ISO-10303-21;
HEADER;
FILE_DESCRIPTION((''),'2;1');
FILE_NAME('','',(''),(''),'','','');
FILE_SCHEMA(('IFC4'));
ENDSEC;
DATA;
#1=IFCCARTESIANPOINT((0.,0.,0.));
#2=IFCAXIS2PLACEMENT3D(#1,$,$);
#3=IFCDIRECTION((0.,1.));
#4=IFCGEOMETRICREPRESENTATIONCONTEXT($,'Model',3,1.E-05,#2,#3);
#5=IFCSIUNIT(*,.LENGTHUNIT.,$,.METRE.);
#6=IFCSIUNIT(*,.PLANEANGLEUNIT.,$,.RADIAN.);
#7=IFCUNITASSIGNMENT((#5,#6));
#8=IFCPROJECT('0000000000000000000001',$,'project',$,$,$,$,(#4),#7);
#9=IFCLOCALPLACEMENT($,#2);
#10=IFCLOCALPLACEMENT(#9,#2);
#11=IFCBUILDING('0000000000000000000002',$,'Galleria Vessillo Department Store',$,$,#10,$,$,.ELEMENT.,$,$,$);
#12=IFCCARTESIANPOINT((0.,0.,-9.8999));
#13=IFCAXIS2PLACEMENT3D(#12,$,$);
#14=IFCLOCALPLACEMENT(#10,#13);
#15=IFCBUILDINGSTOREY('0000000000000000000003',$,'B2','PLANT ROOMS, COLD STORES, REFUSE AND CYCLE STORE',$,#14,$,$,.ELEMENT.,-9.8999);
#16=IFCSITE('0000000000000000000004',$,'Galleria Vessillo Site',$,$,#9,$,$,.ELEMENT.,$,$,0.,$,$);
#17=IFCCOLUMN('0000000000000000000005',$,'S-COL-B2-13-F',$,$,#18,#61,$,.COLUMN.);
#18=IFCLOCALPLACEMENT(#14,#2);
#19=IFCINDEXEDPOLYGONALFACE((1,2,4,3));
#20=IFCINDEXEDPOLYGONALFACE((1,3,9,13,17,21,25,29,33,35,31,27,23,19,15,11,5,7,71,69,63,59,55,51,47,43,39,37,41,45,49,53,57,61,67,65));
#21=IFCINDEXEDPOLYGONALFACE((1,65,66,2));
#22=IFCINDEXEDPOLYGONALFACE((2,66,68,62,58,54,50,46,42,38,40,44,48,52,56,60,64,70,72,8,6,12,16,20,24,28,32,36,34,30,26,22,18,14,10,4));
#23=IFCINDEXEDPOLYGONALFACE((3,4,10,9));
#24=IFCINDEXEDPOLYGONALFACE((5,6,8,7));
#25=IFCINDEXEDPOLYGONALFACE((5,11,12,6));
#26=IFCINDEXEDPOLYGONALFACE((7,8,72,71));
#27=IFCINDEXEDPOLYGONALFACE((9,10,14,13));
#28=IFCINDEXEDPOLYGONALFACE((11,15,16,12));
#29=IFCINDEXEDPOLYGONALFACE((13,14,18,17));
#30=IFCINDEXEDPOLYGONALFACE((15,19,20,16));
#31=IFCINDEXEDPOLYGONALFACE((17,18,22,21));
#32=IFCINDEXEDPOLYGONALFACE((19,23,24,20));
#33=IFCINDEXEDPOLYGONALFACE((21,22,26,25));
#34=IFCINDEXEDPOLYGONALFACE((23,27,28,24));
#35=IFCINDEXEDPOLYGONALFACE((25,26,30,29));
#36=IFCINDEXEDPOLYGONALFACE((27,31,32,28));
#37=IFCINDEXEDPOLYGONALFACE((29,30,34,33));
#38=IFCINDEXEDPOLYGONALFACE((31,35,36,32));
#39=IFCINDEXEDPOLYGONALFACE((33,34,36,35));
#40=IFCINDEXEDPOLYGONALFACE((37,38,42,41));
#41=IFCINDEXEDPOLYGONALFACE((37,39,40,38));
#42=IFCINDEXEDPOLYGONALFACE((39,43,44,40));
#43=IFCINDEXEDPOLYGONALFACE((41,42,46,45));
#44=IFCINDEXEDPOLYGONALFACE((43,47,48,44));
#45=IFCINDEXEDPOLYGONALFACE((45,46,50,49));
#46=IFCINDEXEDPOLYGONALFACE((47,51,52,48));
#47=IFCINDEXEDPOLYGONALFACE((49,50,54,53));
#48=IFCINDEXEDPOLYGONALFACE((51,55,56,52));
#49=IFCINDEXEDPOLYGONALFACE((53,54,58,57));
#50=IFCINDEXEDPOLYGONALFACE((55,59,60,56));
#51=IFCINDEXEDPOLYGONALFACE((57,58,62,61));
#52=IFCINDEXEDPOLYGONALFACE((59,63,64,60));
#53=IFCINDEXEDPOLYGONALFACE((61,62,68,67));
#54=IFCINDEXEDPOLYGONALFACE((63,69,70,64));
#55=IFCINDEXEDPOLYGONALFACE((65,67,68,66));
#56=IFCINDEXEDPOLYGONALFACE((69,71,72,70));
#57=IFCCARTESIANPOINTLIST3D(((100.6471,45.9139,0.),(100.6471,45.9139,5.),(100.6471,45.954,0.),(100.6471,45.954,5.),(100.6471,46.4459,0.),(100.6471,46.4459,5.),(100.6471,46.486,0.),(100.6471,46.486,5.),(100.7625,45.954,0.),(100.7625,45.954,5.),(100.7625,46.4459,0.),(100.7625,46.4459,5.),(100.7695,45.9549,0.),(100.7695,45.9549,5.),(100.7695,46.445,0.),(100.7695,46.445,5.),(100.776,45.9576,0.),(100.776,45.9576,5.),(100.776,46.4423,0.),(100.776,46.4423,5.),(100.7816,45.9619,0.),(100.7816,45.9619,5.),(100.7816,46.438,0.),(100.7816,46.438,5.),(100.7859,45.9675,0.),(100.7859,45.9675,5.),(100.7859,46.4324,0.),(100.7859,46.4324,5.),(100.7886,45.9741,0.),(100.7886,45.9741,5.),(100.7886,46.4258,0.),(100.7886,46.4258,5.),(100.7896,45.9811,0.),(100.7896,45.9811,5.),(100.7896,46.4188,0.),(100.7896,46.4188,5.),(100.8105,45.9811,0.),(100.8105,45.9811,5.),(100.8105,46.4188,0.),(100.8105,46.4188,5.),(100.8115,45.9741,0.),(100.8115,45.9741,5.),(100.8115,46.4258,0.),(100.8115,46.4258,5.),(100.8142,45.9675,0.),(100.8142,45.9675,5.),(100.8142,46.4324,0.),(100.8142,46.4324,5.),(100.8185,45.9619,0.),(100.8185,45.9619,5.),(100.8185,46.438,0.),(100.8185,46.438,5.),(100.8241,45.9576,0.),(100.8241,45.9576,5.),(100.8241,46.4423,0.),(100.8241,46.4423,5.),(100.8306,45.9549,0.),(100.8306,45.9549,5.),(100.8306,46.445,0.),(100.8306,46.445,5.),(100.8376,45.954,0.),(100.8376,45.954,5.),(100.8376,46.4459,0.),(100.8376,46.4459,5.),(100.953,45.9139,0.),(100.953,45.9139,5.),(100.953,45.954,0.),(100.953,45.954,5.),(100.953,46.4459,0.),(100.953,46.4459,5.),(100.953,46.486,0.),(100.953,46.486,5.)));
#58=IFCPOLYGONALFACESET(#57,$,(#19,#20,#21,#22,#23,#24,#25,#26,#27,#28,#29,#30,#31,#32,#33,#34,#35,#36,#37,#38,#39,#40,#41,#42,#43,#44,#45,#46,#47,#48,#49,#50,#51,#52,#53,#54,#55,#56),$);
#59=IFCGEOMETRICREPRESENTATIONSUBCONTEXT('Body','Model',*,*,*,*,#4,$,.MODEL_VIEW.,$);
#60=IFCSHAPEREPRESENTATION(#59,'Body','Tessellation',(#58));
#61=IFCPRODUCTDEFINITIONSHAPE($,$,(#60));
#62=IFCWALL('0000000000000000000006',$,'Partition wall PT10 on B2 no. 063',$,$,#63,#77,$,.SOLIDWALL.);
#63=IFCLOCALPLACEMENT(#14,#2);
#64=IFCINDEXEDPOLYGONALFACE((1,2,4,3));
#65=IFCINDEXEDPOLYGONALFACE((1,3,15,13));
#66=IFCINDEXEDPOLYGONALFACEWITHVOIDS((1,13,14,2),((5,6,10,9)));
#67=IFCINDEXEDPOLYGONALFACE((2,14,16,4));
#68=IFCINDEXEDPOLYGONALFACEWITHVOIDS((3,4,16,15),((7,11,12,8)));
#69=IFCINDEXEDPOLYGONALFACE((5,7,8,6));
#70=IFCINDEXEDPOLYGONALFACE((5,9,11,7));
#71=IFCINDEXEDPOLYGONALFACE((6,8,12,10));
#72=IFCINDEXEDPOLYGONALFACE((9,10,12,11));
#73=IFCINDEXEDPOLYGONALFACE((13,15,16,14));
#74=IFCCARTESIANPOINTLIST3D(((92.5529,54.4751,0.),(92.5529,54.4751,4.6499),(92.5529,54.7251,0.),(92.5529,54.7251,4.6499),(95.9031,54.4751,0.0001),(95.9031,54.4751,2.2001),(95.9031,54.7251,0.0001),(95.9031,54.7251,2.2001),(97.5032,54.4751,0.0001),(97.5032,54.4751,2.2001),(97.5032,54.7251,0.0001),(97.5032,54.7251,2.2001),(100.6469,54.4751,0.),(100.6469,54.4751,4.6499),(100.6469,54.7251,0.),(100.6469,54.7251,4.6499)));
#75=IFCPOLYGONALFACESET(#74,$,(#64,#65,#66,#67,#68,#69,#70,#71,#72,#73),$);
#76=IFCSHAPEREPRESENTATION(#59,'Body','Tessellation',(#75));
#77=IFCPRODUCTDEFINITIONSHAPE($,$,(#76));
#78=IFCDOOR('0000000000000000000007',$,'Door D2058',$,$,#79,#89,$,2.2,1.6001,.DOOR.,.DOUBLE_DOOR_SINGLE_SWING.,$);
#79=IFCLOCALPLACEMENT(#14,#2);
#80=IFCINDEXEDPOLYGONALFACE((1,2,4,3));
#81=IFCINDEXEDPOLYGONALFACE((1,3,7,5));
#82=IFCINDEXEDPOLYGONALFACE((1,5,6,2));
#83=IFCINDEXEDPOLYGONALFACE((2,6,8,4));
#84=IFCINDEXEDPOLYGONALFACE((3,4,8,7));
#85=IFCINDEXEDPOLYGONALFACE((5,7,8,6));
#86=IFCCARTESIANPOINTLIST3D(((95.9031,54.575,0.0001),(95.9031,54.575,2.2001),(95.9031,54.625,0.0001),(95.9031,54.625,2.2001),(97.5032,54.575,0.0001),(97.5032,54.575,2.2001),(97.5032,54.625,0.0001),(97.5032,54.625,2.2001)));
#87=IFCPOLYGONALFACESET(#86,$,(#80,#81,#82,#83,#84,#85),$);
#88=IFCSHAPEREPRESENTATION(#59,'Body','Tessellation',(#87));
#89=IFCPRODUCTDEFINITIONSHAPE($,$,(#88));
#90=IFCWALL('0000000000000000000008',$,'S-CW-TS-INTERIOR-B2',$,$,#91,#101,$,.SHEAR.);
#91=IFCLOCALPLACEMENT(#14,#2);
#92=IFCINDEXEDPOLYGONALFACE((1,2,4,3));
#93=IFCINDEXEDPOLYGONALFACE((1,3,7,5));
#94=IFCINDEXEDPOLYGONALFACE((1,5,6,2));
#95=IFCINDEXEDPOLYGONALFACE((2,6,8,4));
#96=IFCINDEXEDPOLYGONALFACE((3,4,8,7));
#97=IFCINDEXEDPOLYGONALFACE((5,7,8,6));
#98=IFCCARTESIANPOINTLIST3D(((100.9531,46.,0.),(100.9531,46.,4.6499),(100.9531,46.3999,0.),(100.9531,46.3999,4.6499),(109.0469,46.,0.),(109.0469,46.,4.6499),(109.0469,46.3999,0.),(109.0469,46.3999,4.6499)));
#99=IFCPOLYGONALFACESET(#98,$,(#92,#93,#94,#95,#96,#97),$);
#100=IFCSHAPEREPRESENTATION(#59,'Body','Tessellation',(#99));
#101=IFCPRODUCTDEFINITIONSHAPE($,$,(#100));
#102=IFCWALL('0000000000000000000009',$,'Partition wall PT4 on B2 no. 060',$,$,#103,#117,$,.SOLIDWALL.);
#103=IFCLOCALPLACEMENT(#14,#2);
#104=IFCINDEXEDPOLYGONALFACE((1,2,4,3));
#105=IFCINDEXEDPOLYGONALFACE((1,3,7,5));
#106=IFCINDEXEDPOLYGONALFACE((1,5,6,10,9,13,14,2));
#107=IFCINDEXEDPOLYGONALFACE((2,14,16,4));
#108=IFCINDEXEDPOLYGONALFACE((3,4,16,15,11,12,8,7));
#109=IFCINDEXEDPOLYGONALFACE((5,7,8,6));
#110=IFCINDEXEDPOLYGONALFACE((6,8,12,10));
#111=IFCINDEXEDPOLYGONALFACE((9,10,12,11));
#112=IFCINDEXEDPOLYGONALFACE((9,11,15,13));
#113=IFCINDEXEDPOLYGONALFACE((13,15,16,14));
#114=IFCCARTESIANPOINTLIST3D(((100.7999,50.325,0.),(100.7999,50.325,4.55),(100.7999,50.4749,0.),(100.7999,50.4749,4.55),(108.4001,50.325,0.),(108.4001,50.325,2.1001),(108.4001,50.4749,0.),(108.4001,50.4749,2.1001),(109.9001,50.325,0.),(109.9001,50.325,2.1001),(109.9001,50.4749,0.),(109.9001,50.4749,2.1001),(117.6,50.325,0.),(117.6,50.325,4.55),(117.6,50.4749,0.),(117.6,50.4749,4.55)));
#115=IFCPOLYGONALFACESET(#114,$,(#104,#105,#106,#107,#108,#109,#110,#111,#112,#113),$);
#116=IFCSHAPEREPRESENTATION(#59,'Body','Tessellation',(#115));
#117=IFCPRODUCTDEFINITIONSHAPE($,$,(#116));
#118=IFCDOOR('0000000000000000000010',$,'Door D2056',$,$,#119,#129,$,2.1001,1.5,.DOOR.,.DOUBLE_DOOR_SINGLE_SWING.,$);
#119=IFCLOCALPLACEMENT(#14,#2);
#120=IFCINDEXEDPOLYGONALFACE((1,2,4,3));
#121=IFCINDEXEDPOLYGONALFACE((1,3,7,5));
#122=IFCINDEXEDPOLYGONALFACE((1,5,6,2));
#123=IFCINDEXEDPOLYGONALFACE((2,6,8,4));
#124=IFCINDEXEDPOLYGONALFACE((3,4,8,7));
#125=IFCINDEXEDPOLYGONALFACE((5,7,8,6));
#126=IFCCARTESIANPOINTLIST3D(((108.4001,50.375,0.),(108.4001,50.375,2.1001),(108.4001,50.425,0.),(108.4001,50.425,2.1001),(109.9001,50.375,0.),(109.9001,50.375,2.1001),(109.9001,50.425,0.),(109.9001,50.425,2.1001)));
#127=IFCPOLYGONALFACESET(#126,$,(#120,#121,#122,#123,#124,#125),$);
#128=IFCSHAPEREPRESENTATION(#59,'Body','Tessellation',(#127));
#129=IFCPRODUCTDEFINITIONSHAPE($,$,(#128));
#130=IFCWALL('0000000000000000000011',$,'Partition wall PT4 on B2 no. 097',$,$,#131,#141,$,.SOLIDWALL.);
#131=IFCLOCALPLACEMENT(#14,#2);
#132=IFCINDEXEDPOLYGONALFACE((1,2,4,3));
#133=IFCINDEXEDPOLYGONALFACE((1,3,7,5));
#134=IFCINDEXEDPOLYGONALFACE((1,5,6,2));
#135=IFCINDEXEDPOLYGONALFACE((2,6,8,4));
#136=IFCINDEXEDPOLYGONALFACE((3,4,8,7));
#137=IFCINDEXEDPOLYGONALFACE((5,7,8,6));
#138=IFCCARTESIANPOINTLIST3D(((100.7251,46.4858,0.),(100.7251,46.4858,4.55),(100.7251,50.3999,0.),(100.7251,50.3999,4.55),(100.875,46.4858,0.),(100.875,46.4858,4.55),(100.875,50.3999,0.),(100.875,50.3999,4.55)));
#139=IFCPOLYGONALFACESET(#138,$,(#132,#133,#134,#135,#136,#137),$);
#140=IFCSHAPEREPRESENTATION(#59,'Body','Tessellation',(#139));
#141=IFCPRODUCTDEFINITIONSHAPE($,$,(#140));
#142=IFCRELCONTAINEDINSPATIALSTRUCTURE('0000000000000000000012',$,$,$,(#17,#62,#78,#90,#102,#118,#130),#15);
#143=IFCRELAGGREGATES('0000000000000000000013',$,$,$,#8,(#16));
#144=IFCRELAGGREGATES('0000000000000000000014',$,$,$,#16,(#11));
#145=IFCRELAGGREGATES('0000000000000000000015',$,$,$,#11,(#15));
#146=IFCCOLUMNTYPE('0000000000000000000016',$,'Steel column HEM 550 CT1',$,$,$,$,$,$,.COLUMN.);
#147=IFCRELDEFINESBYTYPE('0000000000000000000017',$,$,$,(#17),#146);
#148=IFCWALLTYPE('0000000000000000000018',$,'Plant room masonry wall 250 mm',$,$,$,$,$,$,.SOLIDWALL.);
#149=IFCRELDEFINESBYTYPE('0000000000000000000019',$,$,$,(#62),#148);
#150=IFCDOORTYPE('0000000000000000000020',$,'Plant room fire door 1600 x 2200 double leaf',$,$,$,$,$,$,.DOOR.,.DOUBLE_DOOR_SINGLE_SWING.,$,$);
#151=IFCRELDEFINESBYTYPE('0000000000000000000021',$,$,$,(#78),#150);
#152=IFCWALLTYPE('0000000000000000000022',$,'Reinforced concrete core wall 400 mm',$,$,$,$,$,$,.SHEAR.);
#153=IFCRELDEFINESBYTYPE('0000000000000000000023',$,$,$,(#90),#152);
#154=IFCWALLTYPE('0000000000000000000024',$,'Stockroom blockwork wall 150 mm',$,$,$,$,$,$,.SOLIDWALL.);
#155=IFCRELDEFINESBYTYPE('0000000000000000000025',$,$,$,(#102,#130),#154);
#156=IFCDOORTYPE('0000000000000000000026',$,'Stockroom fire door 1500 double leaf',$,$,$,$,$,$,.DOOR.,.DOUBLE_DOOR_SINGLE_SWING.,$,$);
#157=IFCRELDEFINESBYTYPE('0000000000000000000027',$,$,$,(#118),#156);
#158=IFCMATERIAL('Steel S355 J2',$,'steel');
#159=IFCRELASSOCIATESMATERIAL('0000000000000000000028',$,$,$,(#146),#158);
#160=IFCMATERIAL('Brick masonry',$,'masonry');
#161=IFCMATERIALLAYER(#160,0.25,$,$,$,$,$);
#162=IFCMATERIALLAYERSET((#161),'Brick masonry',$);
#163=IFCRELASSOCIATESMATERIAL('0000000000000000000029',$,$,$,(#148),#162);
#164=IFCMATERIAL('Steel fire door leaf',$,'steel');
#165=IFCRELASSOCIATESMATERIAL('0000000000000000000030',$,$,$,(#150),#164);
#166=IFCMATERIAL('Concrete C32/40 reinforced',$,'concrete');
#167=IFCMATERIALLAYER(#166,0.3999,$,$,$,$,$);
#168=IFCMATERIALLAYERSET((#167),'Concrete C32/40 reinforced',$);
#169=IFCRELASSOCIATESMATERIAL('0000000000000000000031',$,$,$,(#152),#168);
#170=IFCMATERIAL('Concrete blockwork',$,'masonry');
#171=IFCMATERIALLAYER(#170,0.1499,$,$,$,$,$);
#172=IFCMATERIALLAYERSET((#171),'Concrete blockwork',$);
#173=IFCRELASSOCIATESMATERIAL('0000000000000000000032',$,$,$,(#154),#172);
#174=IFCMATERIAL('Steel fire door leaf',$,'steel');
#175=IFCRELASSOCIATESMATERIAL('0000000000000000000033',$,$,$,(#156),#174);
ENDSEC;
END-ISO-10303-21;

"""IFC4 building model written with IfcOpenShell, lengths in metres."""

from ifc_helpers import new_model, si_unit, direction, frame, frame_2d, origin, origin_2d, place, context, subcontext, project, spatial, rectangle, i_section, extrude, material, layer, layer_set, material_profile, profile_set, type_object, element, fill, save


model = new_model("IFC4")

# Units and contexts
model_context = context("Model", 3, precision=1e-05, world=origin(), true_north=direction((0.0, 1.0)))
body_context = subcontext(model_context, "Body", "Model", "MODEL_VIEW")
ifc_project = project(units=[si_unit("LENGTHUNIT", "METRE"), si_unit("PLANEANGLEUNIT", "RADIAN")], contexts=[model_context])

# Site, building, storey
site_placement = place(None, origin())
site = spatial("IfcSite", under=ifc_project, at=site_placement, Name="Galleria Vessillo Site", CompositionType="ELEMENT", RefElevation=0.0)
building_placement = place(site_placement, origin())
building = spatial("IfcBuilding", under=site, at=building_placement, Name="Galleria Vessillo Department Store", CompositionType="ELEMENT")
storey_placement = place(building_placement, frame((0.0, 0.0, -9.8999)))
storey = spatial("IfcBuildingStorey", under=building, at=storey_placement, Name="B2", Description="PLANT ROOMS, COLD STORES, REFUSE AND CYCLE STORE", CompositionType="ELEMENT", Elevation=-9.8999)

# Column
ifc_material_1 = material(Name="Steel S355 J2", Category="steel")
ifc_material_profile_1 = material_profile(ifc_material_1, i_section(OverallWidth=0.3059, OverallDepth=0.572, WebThickness=0.021, FlangeThickness=0.04, FilletRadius=0.0271, at=origin_2d()), Name="HEM 550")
ifc_profile_set_1 = profile_set([ifc_material_profile_1], Name="Steel S355 J2")
column_type = type_object("IfcColumnType", Name="Steel column HEM 550 CT1", PredefinedType="COLUMN", material=ifc_profile_set_1)
for number, where, z_axis, x_axis, name in (
    (1, (100.8, 46.2, 0.0), (0.0, 0.0, 1.0), (1.0, 0.0, 0.0), "S-COL-B2-13-F"),
):
    element("IfcColumn", number, at=place(storey_placement, frame(where, z_axis=z_axis, x_axis=x_axis)), inside=storey, type_object=column_type, Name=name, PredefinedType="COLUMN", context=body_context, shape_type="SweptSolid", body=[
        extrude(i_section(OverallWidth=0.3059, OverallDepth=0.572, WebThickness=0.021, FlangeThickness=0.04, FilletRadius=0.0271, at=origin_2d()), origin(), (0.0, 0.0, 1.0), 5.0),
    ])

# Wall, opening, door
ifc_material_2 = material(Name="Brick masonry", Category="masonry")
ifc_layer_1 = layer(ifc_material_2, 0.25)
ifc_layer_set_1 = layer_set([ifc_layer_1], Name="Brick masonry")
wall_type_1 = type_object("IfcWallType", Name="Plant room masonry wall 250 mm", PredefinedType="SOLIDWALL", material=ifc_layer_set_1)
wall_1_placement = place(storey_placement, frame((92.553, 54.6001, 0.0), z_axis=(0.0, 0.0, 1.0), x_axis=(1.0, 0.0, 0.0)))
wall_1 = element("IfcWall", 2, at=wall_1_placement, inside=storey, type_object=wall_type_1, Name="Partition wall PT10 on B2 no. 063", PredefinedType="SOLIDWALL", context=body_context, shape_type="SweptSolid", body=[
    extrude(rectangle(XDim=8.094, YDim=0.25, at=frame_2d((4.0469, 0.0))), origin(), (0.0, 0.0, 1.0), 4.6499),
])
opening_1_placement = place(wall_1_placement, frame((3.3501, 0.0, 0.0)))
opening_1 = element("IfcOpeningElement", 3, at=opening_1_placement, cuts=wall_1, PredefinedType="OPENING", context=body_context, shape_type="SweptSolid", body=[
    extrude(rectangle(XDim=1.6001, YDim=2.2, at=frame_2d((0.8, 1.1001))), frame((0.0, 0.135, 0.0), z_axis=(0.0, -1.0, 0.0), x_axis=(1.0, 0.0, 0.0)), (0.0, 0.0, 1.0), 0.27),
])
ifc_material_3 = material(Name="Steel fire door leaf", Category="steel")
door_type_1 = type_object("IfcDoorType", Name="Plant room fire door 1600 x 2200 double leaf", OperationType="DOUBLE_DOOR_SINGLE_SWING", PredefinedType="DOOR", material=ifc_material_3)
door_1_placement = place(opening_1_placement, origin())
door_1 = element("IfcDoor", 4, at=door_1_placement, inside=storey, type_object=door_type_1, Name="Door D2058", OperationType="DOUBLE_DOOR_SINGLE_SWING", OverallHeight=2.2, OverallWidth=1.6001, PredefinedType="DOOR", context=body_context, shape_type="SweptSolid", body=[
    extrude(rectangle(XDim=1.6001, YDim=2.2, at=frame_2d((0.8, 1.1001))), frame((0.0, 0.0249, 0.0), z_axis=(0.0, -1.0, 0.0), x_axis=(1.0, 0.0, 0.0)), (0.0, 0.0, 1.0), 0.05),
])
fill(opening_1, door_1)

# Wall
ifc_material_4 = material(Name="Concrete C32/40 reinforced", Category="concrete")
ifc_layer_2 = layer(ifc_material_4, 0.3999)
ifc_layer_set_2 = layer_set([ifc_layer_2], Name="Concrete C32/40 reinforced")
wall_type_2 = type_object("IfcWallType", Name="Reinforced concrete core wall 400 mm", PredefinedType="SHEAR", material=ifc_layer_set_2)
wall_2_placement = place(storey_placement, frame((100.9531, 46.2, 0.0), z_axis=(0.0, 0.0, 1.0), x_axis=(1.0, 0.0, 0.0)))
element("IfcWall", 5, at=wall_2_placement, inside=storey, type_object=wall_type_2, Name="S-CW-TS-INTERIOR-B2", PredefinedType="SHEAR", context=body_context, shape_type="SweptSolid", body=[
    extrude(rectangle(XDim=8.0938, YDim=0.3999, at=frame_2d((4.0469, 0.0))), origin(), (0.0, 0.0, 1.0), 4.6499),
])

# Wall, opening, door
ifc_material_5 = material(Name="Concrete blockwork", Category="masonry")
ifc_layer_3 = layer(ifc_material_5, 0.1499)
ifc_layer_set_3 = layer_set([ifc_layer_3], Name="Concrete blockwork")
wall_type_3 = type_object("IfcWallType", Name="Stockroom blockwork wall 150 mm", PredefinedType="SOLIDWALL", material=ifc_layer_set_3)
wall_3_placement = place(storey_placement, frame((100.8, 50.3999, 0.0), z_axis=(0.0, 0.0, 1.0), x_axis=(1.0, 0.0, 0.0)))
wall_3 = element("IfcWall", 6, at=wall_3_placement, inside=storey, type_object=wall_type_3, Name="Partition wall PT4 on B2 no. 060", PredefinedType="SOLIDWALL", context=body_context, shape_type="SweptSolid", body=[
    extrude(rectangle(XDim=16.8, YDim=0.1499, at=frame_2d((8.3999, 0.0))), origin(), (0.0, 0.0, 1.0), 4.55),
])
opening_2_placement = place(wall_3_placement, frame((7.6001, 0.0, 0.0)))
opening_2 = element("IfcOpeningElement", 7, at=opening_2_placement, cuts=wall_3, PredefinedType="OPENING", context=body_context, shape_type="SweptSolid", body=[
    extrude(rectangle(XDim=1.5, YDim=2.1001, at=frame_2d((0.75, 1.05))), frame((0.0, 0.085, 0.0), z_axis=(0.0, -1.0, 0.0), x_axis=(1.0, 0.0, 0.0)), (0.0, 0.0, 1.0), 0.1699),
])
ifc_material_6 = material(Name="Steel fire door leaf", Category="steel")
door_type_2 = type_object("IfcDoorType", Name="Stockroom fire door 1500 double leaf", OperationType="DOUBLE_DOOR_SINGLE_SWING", PredefinedType="DOOR", material=ifc_material_6)
door_2_placement = place(opening_2_placement, frame((1.5, 0.0, 0.0), z_axis=(0.0, 0.0, 1.0), x_axis=(-1.0, 0.0, 0.0)))
door_2 = element("IfcDoor", 8, at=door_2_placement, inside=storey, type_object=door_type_2, Name="Door D2056", OperationType="DOUBLE_DOOR_SINGLE_SWING", OverallHeight=2.1001, OverallWidth=1.5, PredefinedType="DOOR", context=body_context, shape_type="SweptSolid", body=[
    extrude(rectangle(XDim=1.5, YDim=2.1001, at=frame_2d((0.75, 1.05))), frame((0.0, 0.0249, 0.0), z_axis=(0.0, -1.0, 0.0), x_axis=(1.0, 0.0, 0.0)), (0.0, 0.0, 1.0), 0.05),
])
fill(opening_2, door_2)

# Wall
wall_4_placement = place(storey_placement, frame((100.8, 46.4858, 0.0), z_axis=(0.0, 0.0, 1.0), x_axis=(0.0, 1.0, 0.0)))
element("IfcWall", 9, at=wall_4_placement, inside=storey, type_object=wall_type_3, Name="Partition wall PT4 on B2 no. 097", PredefinedType="SOLIDWALL", context=body_context, shape_type="SweptSolid", body=[
    extrude(rectangle(XDim=3.9141, YDim=0.1499, at=frame_2d((1.957, 0.0))), origin(), (0.0, 0.0, 1.0), 4.55),
])

save(model, "model.ifc")
